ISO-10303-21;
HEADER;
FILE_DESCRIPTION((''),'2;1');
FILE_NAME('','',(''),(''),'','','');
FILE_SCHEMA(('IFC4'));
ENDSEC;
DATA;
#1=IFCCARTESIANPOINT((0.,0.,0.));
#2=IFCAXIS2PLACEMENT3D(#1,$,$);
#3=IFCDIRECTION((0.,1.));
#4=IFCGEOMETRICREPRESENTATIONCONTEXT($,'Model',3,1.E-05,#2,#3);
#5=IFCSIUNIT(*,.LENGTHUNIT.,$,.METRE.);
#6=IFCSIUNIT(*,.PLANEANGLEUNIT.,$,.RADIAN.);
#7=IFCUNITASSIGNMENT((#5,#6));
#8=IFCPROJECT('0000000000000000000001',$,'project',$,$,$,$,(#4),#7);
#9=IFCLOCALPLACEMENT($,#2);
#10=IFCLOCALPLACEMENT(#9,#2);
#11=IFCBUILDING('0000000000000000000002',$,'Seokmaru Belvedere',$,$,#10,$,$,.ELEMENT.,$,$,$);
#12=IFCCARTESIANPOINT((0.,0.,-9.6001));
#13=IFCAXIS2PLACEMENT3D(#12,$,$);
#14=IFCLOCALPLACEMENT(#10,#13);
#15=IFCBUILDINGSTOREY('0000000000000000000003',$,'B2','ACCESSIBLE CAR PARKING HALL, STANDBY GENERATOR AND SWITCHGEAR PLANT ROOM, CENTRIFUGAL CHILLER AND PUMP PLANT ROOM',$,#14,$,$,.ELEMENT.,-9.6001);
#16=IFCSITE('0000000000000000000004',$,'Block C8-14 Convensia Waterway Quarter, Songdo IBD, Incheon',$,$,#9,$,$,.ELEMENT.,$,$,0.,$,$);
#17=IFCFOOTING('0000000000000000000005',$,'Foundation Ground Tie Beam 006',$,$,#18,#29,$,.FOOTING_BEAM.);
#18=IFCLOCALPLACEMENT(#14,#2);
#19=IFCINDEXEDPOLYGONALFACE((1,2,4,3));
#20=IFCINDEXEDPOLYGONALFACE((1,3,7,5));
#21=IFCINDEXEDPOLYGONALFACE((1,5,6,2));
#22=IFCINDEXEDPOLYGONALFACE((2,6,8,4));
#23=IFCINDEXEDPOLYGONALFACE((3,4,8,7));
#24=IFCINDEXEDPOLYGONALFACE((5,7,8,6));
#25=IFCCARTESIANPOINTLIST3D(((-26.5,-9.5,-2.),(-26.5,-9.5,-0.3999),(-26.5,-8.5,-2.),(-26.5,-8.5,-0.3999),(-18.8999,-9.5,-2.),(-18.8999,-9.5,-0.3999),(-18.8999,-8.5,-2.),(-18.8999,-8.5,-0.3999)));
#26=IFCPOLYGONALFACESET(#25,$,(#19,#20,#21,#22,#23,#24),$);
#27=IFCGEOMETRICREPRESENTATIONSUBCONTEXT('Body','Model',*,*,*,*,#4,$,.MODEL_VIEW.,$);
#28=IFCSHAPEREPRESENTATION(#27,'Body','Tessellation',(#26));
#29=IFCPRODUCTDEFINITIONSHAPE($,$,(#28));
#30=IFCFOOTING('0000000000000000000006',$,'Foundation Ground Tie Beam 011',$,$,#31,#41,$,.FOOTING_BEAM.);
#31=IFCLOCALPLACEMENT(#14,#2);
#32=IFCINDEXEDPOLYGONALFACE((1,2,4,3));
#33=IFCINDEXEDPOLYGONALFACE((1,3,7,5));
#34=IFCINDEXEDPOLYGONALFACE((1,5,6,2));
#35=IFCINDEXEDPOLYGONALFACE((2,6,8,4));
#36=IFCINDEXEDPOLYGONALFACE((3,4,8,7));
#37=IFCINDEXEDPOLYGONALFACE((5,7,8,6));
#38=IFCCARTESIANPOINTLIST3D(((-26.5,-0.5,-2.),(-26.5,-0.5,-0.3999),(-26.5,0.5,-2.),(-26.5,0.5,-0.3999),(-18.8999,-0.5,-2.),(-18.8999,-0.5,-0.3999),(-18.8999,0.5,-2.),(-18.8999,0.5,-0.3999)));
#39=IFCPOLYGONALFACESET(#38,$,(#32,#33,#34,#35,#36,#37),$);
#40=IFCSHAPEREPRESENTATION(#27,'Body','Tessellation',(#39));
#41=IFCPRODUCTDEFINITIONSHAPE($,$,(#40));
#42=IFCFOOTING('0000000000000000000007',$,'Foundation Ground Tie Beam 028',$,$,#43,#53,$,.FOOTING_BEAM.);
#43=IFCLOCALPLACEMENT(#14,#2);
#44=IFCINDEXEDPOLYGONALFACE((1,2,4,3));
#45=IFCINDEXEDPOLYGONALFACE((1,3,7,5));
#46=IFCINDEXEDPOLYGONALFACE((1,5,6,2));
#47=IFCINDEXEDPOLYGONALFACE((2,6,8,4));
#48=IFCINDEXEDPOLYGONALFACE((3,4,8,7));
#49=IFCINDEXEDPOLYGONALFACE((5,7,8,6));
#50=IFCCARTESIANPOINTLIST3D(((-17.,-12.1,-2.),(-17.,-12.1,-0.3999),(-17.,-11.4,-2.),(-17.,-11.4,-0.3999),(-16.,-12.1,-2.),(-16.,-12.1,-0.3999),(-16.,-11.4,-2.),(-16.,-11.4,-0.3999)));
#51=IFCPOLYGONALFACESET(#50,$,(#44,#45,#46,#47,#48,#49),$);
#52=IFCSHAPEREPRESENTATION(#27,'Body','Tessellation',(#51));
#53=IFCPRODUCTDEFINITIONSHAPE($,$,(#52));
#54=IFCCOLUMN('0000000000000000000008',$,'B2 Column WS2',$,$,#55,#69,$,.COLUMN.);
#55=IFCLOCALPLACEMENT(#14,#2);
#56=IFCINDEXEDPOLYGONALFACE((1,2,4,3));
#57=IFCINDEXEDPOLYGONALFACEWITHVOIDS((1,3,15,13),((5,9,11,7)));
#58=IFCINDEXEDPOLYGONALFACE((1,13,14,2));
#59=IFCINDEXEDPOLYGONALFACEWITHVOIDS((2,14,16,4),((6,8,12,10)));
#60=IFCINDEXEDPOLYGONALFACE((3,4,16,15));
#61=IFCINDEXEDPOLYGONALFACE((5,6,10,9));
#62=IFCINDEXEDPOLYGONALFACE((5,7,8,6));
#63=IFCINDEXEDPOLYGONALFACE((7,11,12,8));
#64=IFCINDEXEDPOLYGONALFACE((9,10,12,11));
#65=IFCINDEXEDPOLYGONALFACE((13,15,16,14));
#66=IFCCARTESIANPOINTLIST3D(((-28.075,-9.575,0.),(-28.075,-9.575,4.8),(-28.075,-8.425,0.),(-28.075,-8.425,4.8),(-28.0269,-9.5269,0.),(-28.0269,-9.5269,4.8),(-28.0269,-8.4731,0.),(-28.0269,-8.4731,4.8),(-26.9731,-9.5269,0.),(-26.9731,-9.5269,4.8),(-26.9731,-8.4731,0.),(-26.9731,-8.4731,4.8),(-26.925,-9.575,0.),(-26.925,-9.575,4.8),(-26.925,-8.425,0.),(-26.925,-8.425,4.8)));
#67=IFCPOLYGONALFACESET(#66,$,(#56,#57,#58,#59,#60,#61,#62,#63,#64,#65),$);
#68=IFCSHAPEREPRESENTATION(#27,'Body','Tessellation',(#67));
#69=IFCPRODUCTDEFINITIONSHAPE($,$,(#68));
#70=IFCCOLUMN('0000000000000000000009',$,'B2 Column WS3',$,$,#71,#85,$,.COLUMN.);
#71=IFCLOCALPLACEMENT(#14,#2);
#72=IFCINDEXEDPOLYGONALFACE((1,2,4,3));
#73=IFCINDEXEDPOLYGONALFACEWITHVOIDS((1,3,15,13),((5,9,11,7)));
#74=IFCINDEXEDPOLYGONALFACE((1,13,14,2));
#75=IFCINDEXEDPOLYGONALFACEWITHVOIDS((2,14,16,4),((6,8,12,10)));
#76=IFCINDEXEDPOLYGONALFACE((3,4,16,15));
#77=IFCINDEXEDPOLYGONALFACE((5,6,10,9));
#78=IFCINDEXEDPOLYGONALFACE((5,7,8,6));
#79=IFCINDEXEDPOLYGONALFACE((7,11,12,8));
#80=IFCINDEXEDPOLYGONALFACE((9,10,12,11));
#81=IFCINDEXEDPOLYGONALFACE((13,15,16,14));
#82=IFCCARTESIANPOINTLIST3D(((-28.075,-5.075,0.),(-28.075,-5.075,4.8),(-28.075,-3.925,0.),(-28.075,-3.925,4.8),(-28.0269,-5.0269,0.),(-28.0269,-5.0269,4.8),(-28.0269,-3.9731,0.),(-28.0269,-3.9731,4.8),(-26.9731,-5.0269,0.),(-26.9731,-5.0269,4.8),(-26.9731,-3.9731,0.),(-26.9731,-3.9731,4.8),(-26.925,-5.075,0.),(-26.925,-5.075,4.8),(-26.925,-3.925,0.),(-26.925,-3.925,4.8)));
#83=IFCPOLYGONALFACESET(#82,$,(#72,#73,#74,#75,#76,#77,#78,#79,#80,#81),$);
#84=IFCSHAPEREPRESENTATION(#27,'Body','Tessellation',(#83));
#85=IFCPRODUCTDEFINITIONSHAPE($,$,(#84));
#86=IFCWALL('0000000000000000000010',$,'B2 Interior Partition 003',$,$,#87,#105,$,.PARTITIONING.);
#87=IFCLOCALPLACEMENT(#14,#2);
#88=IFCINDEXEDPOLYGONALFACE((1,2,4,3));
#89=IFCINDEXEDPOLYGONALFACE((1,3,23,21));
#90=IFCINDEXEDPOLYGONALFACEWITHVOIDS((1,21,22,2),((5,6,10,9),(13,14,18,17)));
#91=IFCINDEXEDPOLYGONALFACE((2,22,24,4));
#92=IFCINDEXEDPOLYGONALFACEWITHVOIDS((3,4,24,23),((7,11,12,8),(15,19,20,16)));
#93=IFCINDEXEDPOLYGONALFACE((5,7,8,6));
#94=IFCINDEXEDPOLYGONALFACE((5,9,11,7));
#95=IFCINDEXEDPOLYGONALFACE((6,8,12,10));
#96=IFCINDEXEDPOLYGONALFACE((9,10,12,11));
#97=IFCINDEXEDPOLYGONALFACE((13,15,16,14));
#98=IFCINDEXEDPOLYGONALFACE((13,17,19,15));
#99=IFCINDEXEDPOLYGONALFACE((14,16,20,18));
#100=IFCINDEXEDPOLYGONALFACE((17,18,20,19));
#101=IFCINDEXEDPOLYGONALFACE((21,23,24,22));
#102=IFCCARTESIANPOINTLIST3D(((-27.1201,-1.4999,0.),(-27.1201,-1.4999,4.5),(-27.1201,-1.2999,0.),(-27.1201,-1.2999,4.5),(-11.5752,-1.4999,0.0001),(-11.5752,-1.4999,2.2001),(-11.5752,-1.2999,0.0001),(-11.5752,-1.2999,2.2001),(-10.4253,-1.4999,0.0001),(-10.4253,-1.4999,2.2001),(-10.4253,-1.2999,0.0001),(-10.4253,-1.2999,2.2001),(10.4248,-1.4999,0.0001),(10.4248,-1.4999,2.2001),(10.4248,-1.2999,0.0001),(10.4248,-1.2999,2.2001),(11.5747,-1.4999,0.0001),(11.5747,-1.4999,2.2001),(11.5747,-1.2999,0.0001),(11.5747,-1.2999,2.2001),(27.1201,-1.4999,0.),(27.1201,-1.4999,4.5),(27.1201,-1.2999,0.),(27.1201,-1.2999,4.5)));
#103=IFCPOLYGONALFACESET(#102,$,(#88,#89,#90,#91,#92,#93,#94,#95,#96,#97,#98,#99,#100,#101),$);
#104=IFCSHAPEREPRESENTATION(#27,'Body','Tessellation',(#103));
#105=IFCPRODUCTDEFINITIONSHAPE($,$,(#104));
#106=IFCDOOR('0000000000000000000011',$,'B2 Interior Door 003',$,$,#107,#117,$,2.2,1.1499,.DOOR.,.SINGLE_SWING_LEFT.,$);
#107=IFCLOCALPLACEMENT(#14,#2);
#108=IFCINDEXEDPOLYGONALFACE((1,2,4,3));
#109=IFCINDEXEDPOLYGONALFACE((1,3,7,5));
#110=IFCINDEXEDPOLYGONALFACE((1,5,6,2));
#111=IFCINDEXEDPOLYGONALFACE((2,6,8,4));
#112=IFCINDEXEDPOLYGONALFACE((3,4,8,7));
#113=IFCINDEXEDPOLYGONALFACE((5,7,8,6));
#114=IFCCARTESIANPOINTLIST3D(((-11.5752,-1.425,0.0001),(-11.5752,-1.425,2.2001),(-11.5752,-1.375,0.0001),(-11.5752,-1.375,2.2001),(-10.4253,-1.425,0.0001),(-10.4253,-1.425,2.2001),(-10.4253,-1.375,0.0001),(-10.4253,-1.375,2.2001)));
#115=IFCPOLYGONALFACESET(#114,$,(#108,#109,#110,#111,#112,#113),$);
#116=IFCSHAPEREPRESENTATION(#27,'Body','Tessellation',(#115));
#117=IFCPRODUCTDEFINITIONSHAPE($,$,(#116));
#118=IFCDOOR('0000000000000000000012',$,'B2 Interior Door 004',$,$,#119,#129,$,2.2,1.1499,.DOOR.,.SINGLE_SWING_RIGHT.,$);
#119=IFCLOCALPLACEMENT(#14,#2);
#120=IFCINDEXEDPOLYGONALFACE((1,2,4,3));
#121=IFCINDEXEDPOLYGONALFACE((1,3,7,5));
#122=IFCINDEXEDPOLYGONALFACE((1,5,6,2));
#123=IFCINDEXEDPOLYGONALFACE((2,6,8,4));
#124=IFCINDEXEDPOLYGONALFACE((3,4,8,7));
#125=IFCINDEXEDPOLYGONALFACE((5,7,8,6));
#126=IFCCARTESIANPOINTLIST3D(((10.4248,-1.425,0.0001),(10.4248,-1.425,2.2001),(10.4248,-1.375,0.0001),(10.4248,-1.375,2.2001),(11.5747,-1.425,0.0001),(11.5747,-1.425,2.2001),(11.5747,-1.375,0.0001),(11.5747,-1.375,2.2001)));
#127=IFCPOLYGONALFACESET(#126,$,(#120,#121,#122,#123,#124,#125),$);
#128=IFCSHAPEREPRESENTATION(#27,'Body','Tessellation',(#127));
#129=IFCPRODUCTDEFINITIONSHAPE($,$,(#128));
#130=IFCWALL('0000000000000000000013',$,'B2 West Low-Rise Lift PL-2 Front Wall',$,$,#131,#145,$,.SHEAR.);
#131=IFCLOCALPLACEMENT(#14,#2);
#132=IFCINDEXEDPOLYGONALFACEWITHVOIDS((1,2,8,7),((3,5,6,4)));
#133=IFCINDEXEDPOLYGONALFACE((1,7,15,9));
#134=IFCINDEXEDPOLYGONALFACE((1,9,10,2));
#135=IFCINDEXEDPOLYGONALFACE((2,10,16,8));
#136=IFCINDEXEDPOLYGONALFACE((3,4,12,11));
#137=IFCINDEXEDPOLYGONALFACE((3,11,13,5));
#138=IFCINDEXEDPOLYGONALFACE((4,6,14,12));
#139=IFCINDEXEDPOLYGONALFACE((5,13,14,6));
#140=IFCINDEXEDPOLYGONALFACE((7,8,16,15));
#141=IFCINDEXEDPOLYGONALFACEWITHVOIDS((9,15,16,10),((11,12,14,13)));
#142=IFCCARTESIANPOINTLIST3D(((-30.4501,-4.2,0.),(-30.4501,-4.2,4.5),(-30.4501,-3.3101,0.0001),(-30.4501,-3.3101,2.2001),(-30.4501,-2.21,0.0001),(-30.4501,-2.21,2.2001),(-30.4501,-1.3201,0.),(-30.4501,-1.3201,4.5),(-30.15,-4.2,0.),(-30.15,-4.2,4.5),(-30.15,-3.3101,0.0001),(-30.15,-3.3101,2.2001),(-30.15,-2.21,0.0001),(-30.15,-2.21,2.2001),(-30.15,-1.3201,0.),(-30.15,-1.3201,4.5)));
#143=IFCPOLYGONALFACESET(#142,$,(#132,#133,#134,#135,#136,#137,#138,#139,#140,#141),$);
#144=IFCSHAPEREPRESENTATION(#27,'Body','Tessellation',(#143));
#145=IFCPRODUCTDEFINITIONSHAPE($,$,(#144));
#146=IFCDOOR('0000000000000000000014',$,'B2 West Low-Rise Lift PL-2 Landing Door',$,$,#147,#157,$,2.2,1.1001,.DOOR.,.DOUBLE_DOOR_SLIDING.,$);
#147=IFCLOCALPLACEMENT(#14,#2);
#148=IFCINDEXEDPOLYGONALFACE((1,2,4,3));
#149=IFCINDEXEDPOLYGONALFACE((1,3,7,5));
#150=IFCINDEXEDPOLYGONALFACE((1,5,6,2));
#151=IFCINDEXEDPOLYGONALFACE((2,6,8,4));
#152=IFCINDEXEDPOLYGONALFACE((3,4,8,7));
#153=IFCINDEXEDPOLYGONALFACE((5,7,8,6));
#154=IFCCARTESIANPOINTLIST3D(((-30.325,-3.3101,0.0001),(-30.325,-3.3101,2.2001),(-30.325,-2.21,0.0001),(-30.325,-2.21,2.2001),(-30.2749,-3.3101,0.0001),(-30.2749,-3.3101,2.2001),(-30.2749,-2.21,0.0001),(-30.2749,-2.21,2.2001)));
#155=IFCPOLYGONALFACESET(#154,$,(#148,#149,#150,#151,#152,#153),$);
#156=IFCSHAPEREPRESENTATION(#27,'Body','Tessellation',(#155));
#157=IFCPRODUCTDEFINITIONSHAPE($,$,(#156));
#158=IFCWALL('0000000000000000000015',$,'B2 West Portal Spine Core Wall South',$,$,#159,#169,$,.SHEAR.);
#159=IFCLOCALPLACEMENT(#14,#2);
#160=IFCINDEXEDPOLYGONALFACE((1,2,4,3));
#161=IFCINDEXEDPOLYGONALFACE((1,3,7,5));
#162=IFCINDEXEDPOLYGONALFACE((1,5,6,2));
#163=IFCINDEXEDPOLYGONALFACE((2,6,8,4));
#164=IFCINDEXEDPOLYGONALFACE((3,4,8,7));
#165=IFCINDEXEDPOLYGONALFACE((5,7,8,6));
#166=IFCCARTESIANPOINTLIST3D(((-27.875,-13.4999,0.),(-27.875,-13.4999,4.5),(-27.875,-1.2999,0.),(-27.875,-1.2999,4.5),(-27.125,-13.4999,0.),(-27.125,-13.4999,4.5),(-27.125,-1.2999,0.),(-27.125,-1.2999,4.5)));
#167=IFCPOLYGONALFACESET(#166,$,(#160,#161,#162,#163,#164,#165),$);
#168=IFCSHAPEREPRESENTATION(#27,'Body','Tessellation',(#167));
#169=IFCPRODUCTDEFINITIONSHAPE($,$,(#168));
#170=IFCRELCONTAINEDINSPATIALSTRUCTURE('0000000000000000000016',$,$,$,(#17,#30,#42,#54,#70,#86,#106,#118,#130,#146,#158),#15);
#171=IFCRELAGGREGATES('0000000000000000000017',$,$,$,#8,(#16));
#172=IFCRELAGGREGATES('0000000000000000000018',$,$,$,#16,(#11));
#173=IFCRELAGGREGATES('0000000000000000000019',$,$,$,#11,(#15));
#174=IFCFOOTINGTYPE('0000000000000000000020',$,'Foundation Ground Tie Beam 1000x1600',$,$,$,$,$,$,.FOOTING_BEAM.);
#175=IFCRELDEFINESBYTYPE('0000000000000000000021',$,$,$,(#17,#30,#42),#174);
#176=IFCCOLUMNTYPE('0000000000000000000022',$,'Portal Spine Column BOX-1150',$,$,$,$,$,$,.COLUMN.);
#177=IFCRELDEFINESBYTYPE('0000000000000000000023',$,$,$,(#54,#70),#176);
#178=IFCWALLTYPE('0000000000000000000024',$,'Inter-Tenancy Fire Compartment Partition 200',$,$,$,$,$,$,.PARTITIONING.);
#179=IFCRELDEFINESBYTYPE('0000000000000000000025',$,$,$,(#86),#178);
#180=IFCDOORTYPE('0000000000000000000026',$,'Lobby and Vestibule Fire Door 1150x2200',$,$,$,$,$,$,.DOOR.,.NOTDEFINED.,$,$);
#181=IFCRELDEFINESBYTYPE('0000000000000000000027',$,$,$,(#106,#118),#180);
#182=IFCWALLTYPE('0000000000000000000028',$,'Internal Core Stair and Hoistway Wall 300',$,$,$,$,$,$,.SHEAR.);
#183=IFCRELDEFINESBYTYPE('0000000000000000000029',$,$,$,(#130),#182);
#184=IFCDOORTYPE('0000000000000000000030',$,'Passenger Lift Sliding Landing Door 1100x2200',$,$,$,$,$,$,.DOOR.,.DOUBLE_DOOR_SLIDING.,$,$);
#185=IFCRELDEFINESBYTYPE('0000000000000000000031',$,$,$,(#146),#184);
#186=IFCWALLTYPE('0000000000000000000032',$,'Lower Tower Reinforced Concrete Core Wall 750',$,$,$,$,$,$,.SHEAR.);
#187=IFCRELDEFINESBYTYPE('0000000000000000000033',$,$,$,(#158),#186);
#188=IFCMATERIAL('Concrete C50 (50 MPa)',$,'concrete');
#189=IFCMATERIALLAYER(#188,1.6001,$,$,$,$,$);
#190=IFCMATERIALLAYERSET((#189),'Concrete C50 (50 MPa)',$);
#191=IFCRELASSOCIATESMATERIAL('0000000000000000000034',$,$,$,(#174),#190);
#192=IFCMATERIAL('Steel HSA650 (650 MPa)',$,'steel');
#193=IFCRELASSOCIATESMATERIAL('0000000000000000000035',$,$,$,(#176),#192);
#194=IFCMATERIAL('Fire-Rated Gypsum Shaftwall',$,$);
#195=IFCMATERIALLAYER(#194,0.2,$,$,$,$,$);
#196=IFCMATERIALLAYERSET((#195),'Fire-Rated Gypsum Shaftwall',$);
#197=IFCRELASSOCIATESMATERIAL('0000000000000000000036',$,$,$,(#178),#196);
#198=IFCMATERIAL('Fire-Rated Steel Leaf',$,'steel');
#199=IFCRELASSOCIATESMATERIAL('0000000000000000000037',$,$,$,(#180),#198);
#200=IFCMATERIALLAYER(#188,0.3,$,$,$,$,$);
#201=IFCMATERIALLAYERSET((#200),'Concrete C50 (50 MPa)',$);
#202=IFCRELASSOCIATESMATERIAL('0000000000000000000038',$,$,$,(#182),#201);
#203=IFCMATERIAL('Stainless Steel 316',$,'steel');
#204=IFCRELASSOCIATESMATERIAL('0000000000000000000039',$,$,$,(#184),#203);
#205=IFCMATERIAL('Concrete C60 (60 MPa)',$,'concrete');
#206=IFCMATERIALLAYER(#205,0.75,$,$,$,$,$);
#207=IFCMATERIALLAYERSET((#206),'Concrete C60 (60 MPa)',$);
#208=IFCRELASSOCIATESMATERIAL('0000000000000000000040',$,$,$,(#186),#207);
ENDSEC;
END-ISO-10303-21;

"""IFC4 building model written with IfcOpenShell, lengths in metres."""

from ifc_helpers import new_model, si_unit, direction, frame, frame_2d, origin, origin_2d, place, context, subcontext, project, spatial, rectangle, hollow_rectangle, extrude, source, transform, mapped, material, layer, layer_set, material_profile, profile_set, type_object, type_shapes, element, fill, save


model = new_model("IFC4")

# Units and contexts
model_context = context("Model", 3, precision=1e-05, world=origin(), true_north=direction((0.0, 1.0)))
body_context = subcontext(model_context, "Body", "Model", "MODEL_VIEW")
ifc_project = project(units=[si_unit("LENGTHUNIT", "METRE"), si_unit("PLANEANGLEUNIT", "RADIAN")], contexts=[model_context])

# Site, building, storey
site_placement = place(None, origin())
site = spatial("IfcSite", under=ifc_project, at=site_placement, Name="Block C8-14 Convensia Waterway Quarter, Songdo IBD, Incheon", CompositionType="ELEMENT", RefElevation=0.0)
building_placement = place(site_placement, origin())
building = spatial("IfcBuilding", under=site, at=building_placement, Name="Seokmaru Belvedere", CompositionType="ELEMENT")
storey_placement = place(building_placement, frame((0.0, 0.0, -9.6001)))
storey = spatial("IfcBuildingStorey", under=building, at=storey_placement, Name="B2", Description="ACCESSIBLE CAR PARKING HALL, STANDBY GENERATOR AND SWITCHGEAR PLANT ROOM, CENTRIFUGAL CHILLER AND PUMP PLANT ROOM", CompositionType="ELEMENT", Elevation=-9.6001)

# Shared definitions
ifc_material_1 = material(Name="Concrete C50 (50 MPa)", Category="concrete")

# Footings
ifc_layer_1 = layer(ifc_material_1, 1.6001)
ifc_layer_set_1 = layer_set([ifc_layer_1], Name="Concrete C50 (50 MPa)")
footing_type_1 = type_object("IfcFootingType", Name="Foundation Ground Tie Beam 1000x1600", PredefinedType="FOOTING_BEAM", material=ifc_layer_set_1)
shared_shape_1 = source(origin(), body_context, "Body", "SweptSolid", [
    extrude(rectangle(XDim=7.6001, YDim=1.0, at=origin_2d()), origin(), (0.0, 0.0, 1.0), 1.6001),
])
for number, where, z_axis, x_axis, name in (
    (1, (-22.7, -9.0, -2.0), (0.0, 0.0, 1.0), (1.0, 0.0, 0.0), "Foundation Ground Tie Beam 006"),
    (2, (-22.7, 0.0, -2.0), (0.0, 0.0, 1.0), (1.0, 0.0, 0.0), "Foundation Ground Tie Beam 011"),
):
    element("IfcFooting", number, at=place(storey_placement, frame(where, z_axis=z_axis, x_axis=x_axis)), inside=storey, type_object=footing_type_1, Name=name, PredefinedType="FOOTING_BEAM", context=body_context, shape_type="MappedRepresentation", body=[
        mapped(shared_shape_1, transform((0.0, 0.0, 0.0), scale=1.0)),
    ])
shared_shape_2 = source(origin(), body_context, "Body", "SweptSolid", [
    extrude(rectangle(XDim=1.0, YDim=0.7, at=origin_2d()), origin(), (0.0, 0.0, 1.0), 1.6001),
])
type_shapes(footing_type_1, [shared_shape_1, shared_shape_2])
footing_1_placement = place(storey_placement, frame((-16.5, -11.75, -2.0), z_axis=(0.0, 0.0, 1.0), x_axis=(1.0, 0.0, 0.0)))
element("IfcFooting", 3, at=footing_1_placement, inside=storey, type_object=footing_type_1, Name="Foundation Ground Tie Beam 028", PredefinedType="FOOTING_BEAM", context=body_context, shape_type="MappedRepresentation", body=[
    mapped(shared_shape_2, transform((0.0, 0.0, 0.0), scale=1.0)),
])

# Columns
ifc_material_2 = material(Name="Steel HSA650 (650 MPa)", Category="steel")
ifc_material_profile_1 = material_profile(ifc_material_2, hollow_rectangle(XDim=1.1499, YDim=1.1499, WallThickness=0.0481, at=origin_2d()), Name="BOX-1150x1150x48")
ifc_profile_set_1 = profile_set([ifc_material_profile_1], Name="Steel HSA650 (650 MPa)")
column_type = type_object("IfcColumnType", Name="Portal Spine Column BOX-1150", PredefinedType="COLUMN", material=ifc_profile_set_1)
shared_shape_3 = source(origin(), body_context, "Body", "SweptSolid", [
    extrude(hollow_rectangle(XDim=1.1499, YDim=1.1499, WallThickness=0.0481, at=origin_2d()), origin(), (0.0, 0.0, 1.0), 4.8),
])
type_shapes(column_type, [shared_shape_3])
for number, where, z_axis, x_axis, name in (
    (4, (-27.5, -9.0, 0.0), (0.0, 0.0, 1.0), (1.0, 0.0, 0.0), "B2 Column WS2"),
    (5, (-27.5, -4.5, 0.0), (0.0, 0.0, 1.0), (1.0, 0.0, 0.0), "B2 Column WS3"),
):
    element("IfcColumn", number, at=place(storey_placement, frame(where, z_axis=z_axis, x_axis=x_axis)), inside=storey, type_object=column_type, Name=name, PredefinedType="COLUMN", context=body_context, shape_type="MappedRepresentation", body=[
        mapped(shared_shape_3, transform((0.0, 0.0, 0.0), scale=1.0)),
    ])

# Wall, openings, doors
ifc_material_3 = material(Name="Fire-Rated Gypsum Shaftwall")
ifc_layer_2 = layer(ifc_material_3, 0.2)
ifc_layer_set_2 = layer_set([ifc_layer_2], Name="Fire-Rated Gypsum Shaftwall")
wall_type_1 = type_object("IfcWallType", Name="Inter-Tenancy Fire Compartment Partition 200", PredefinedType="PARTITIONING", material=ifc_layer_set_2)
wall_1_placement = place(storey_placement, frame((-27.1201, -1.3999, 0.0), z_axis=(0.0, 0.0, 1.0), x_axis=(1.0, 0.0, 0.0)))
wall_1 = element("IfcWall", 6, at=wall_1_placement, inside=storey, type_object=wall_type_1, Name="B2 Interior Partition 003", PredefinedType="PARTITIONING", context=body_context, shape_type="SweptSolid", body=[
    extrude(rectangle(XDim=54.2402, YDim=0.2, at=frame_2d((27.1201, 0.0))), origin(), (0.0, 0.0, 1.0), 4.5),
])
opening_1_placement = place(wall_1_placement, frame((15.5449, 0.0, 0.0)))
opening_1 = element("IfcOpeningElement", 7, at=opening_1_placement, cuts=wall_1, PredefinedType="OPENING", context=body_context, shape_type="SweptSolid", body=[
    extrude(rectangle(XDim=1.1499, YDim=2.2, at=frame_2d((0.575, 1.1001))), frame((0.0, 0.1099, 0.0), z_axis=(0.0, -1.0, 0.0), x_axis=(1.0, 0.0, 0.0)), (0.0, 0.0, 1.0), 0.22),
])
opening_2_placement = place(wall_1_placement, frame((37.5449, 0.0, 0.0)))
opening_2 = element("IfcOpeningElement", 8, at=opening_2_placement, cuts=wall_1, PredefinedType="OPENING", context=body_context, shape_type="SweptSolid", body=[
    extrude(rectangle(XDim=1.1499, YDim=2.2, at=frame_2d((0.575, 1.1001))), frame((0.0, 0.1099, 0.0), z_axis=(0.0, -1.0, 0.0), x_axis=(1.0, 0.0, 0.0)), (0.0, 0.0, 1.0), 0.22),
])
ifc_material_4 = material(Name="Fire-Rated Steel Leaf", Category="steel")
door_type_1 = type_object("IfcDoorType", Name="Lobby and Vestibule Fire Door 1150x2200", OperationType="NOTDEFINED", PredefinedType="DOOR", material=ifc_material_4)
shared_shape_4 = source(origin(), body_context, "Body", "SweptSolid", [
    extrude(rectangle(XDim=1.1499, YDim=2.2, at=frame_2d((0.575, 1.1001))), frame((0.0, 0.0249, 0.0), z_axis=(0.0, -1.0, 0.0), x_axis=(1.0, 0.0, 0.0)), (0.0, 0.0, 1.0), 0.05),
])
type_shapes(door_type_1, [shared_shape_4])
door_1_placement = place(opening_1_placement, origin())
door_1 = element("IfcDoor", 9, at=door_1_placement, inside=storey, type_object=door_type_1, Name="B2 Interior Door 003", OperationType="SINGLE_SWING_LEFT", OverallHeight=2.2, OverallWidth=1.1499, PredefinedType="DOOR", context=body_context, shape_type="MappedRepresentation", body=[
    mapped(shared_shape_4, transform((0.0, 0.0, 0.0), scale=1.0)),
])
fill(opening_1, door_1)
door_2_placement = place(opening_2_placement, origin())
door_2 = element("IfcDoor", 10, at=door_2_placement, inside=storey, type_object=door_type_1, Name="B2 Interior Door 004", OperationType="SINGLE_SWING_RIGHT", OverallHeight=2.2, OverallWidth=1.1499, PredefinedType="DOOR", context=body_context, shape_type="MappedRepresentation", body=[
    mapped(shared_shape_4, transform((0.0, 0.0, 0.0), scale=1.0)),
])
fill(opening_2, door_2)

# Wall, opening, door
ifc_layer_3 = layer(ifc_material_1, 0.3)
ifc_layer_set_3 = layer_set([ifc_layer_3], Name="Concrete C50 (50 MPa)")
wall_type_2 = type_object("IfcWallType", Name="Internal Core Stair and Hoistway Wall 300", PredefinedType="SHEAR", material=ifc_layer_set_3)
wall_2_placement = place(storey_placement, frame((-30.3, -4.2, 0.0), z_axis=(0.0, 0.0, 1.0), x_axis=(0.0, 1.0, 0.0)))
wall_2 = element("IfcWall", 11, at=wall_2_placement, inside=storey, type_object=wall_type_2, Name="B2 West Low-Rise Lift PL-2 Front Wall", PredefinedType="SHEAR", context=body_context, shape_type="SweptSolid", body=[
    extrude(rectangle(XDim=2.8799, YDim=0.3, at=frame_2d((1.4399, 0.0))), origin(), (0.0, 0.0, 1.0), 4.5),
])
opening_3_placement = place(wall_2_placement, frame((0.8899, 0.0, 0.0)))
opening_3 = element("IfcOpeningElement", 12, at=opening_3_placement, cuts=wall_2, PredefinedType="OPENING", context=body_context, shape_type="SweptSolid", body=[
    extrude(rectangle(XDim=1.1001, YDim=2.2, at=frame_2d((0.55, 1.1001))), frame((0.0, 0.1602, 0.0), z_axis=(0.0, -1.0, 0.0), x_axis=(1.0, 0.0, 0.0)), (0.0, 0.0, 1.0), 0.3201),
])
ifc_material_5 = material(Name="Stainless Steel 316", Category="steel")
door_type_2 = type_object("IfcDoorType", Name="Passenger Lift Sliding Landing Door 1100x2200", OperationType="DOUBLE_DOOR_SLIDING", PredefinedType="DOOR", material=ifc_material_5)
shared_shape_5 = source(origin(), body_context, "Body", "SweptSolid", [
    extrude(rectangle(XDim=1.1001, YDim=2.2, at=frame_2d((0.55, 1.1001))), frame((0.0, 0.0249, 0.0), z_axis=(0.0, -1.0, 0.0), x_axis=(1.0, 0.0, 0.0)), (0.0, 0.0, 1.0), 0.05),
])
type_shapes(door_type_2, [shared_shape_5])
door_3_placement = place(opening_3_placement, origin())
door_3 = element("IfcDoor", 13, at=door_3_placement, inside=storey, type_object=door_type_2, Name="B2 West Low-Rise Lift PL-2 Landing Door", OperationType="DOUBLE_DOOR_SLIDING", OverallHeight=2.2, OverallWidth=1.1001, PredefinedType="DOOR", context=body_context, shape_type="MappedRepresentation", body=[
    mapped(shared_shape_5, transform((0.0, 0.0, 0.0), scale=1.0)),
])
fill(opening_3, door_3)

# Wall
ifc_material_6 = material(Name="Concrete C60 (60 MPa)", Category="concrete")
ifc_layer_4 = layer(ifc_material_6, 0.75)
ifc_layer_set_4 = layer_set([ifc_layer_4], Name="Concrete C60 (60 MPa)")
wall_type_3 = type_object("IfcWallType", Name="Lower Tower Reinforced Concrete Core Wall 750", PredefinedType="SHEAR", material=ifc_layer_set_4)
wall_3_placement = place(storey_placement, frame((-27.5, -13.5, 0.0), z_axis=(0.0, 0.0, 1.0), x_axis=(0.0, 1.0, 0.0)))
element("IfcWall", 14, at=wall_3_placement, inside=storey, type_object=wall_type_3, Name="B2 West Portal Spine Core Wall South", PredefinedType="SHEAR", context=body_context, shape_type="SweptSolid", body=[
    extrude(rectangle(XDim=12.2, YDim=0.75, at=frame_2d((6.1001, 0.0))), origin(), (0.0, 0.0, 1.0), 4.5),
])

save(model, "model.ifc")
